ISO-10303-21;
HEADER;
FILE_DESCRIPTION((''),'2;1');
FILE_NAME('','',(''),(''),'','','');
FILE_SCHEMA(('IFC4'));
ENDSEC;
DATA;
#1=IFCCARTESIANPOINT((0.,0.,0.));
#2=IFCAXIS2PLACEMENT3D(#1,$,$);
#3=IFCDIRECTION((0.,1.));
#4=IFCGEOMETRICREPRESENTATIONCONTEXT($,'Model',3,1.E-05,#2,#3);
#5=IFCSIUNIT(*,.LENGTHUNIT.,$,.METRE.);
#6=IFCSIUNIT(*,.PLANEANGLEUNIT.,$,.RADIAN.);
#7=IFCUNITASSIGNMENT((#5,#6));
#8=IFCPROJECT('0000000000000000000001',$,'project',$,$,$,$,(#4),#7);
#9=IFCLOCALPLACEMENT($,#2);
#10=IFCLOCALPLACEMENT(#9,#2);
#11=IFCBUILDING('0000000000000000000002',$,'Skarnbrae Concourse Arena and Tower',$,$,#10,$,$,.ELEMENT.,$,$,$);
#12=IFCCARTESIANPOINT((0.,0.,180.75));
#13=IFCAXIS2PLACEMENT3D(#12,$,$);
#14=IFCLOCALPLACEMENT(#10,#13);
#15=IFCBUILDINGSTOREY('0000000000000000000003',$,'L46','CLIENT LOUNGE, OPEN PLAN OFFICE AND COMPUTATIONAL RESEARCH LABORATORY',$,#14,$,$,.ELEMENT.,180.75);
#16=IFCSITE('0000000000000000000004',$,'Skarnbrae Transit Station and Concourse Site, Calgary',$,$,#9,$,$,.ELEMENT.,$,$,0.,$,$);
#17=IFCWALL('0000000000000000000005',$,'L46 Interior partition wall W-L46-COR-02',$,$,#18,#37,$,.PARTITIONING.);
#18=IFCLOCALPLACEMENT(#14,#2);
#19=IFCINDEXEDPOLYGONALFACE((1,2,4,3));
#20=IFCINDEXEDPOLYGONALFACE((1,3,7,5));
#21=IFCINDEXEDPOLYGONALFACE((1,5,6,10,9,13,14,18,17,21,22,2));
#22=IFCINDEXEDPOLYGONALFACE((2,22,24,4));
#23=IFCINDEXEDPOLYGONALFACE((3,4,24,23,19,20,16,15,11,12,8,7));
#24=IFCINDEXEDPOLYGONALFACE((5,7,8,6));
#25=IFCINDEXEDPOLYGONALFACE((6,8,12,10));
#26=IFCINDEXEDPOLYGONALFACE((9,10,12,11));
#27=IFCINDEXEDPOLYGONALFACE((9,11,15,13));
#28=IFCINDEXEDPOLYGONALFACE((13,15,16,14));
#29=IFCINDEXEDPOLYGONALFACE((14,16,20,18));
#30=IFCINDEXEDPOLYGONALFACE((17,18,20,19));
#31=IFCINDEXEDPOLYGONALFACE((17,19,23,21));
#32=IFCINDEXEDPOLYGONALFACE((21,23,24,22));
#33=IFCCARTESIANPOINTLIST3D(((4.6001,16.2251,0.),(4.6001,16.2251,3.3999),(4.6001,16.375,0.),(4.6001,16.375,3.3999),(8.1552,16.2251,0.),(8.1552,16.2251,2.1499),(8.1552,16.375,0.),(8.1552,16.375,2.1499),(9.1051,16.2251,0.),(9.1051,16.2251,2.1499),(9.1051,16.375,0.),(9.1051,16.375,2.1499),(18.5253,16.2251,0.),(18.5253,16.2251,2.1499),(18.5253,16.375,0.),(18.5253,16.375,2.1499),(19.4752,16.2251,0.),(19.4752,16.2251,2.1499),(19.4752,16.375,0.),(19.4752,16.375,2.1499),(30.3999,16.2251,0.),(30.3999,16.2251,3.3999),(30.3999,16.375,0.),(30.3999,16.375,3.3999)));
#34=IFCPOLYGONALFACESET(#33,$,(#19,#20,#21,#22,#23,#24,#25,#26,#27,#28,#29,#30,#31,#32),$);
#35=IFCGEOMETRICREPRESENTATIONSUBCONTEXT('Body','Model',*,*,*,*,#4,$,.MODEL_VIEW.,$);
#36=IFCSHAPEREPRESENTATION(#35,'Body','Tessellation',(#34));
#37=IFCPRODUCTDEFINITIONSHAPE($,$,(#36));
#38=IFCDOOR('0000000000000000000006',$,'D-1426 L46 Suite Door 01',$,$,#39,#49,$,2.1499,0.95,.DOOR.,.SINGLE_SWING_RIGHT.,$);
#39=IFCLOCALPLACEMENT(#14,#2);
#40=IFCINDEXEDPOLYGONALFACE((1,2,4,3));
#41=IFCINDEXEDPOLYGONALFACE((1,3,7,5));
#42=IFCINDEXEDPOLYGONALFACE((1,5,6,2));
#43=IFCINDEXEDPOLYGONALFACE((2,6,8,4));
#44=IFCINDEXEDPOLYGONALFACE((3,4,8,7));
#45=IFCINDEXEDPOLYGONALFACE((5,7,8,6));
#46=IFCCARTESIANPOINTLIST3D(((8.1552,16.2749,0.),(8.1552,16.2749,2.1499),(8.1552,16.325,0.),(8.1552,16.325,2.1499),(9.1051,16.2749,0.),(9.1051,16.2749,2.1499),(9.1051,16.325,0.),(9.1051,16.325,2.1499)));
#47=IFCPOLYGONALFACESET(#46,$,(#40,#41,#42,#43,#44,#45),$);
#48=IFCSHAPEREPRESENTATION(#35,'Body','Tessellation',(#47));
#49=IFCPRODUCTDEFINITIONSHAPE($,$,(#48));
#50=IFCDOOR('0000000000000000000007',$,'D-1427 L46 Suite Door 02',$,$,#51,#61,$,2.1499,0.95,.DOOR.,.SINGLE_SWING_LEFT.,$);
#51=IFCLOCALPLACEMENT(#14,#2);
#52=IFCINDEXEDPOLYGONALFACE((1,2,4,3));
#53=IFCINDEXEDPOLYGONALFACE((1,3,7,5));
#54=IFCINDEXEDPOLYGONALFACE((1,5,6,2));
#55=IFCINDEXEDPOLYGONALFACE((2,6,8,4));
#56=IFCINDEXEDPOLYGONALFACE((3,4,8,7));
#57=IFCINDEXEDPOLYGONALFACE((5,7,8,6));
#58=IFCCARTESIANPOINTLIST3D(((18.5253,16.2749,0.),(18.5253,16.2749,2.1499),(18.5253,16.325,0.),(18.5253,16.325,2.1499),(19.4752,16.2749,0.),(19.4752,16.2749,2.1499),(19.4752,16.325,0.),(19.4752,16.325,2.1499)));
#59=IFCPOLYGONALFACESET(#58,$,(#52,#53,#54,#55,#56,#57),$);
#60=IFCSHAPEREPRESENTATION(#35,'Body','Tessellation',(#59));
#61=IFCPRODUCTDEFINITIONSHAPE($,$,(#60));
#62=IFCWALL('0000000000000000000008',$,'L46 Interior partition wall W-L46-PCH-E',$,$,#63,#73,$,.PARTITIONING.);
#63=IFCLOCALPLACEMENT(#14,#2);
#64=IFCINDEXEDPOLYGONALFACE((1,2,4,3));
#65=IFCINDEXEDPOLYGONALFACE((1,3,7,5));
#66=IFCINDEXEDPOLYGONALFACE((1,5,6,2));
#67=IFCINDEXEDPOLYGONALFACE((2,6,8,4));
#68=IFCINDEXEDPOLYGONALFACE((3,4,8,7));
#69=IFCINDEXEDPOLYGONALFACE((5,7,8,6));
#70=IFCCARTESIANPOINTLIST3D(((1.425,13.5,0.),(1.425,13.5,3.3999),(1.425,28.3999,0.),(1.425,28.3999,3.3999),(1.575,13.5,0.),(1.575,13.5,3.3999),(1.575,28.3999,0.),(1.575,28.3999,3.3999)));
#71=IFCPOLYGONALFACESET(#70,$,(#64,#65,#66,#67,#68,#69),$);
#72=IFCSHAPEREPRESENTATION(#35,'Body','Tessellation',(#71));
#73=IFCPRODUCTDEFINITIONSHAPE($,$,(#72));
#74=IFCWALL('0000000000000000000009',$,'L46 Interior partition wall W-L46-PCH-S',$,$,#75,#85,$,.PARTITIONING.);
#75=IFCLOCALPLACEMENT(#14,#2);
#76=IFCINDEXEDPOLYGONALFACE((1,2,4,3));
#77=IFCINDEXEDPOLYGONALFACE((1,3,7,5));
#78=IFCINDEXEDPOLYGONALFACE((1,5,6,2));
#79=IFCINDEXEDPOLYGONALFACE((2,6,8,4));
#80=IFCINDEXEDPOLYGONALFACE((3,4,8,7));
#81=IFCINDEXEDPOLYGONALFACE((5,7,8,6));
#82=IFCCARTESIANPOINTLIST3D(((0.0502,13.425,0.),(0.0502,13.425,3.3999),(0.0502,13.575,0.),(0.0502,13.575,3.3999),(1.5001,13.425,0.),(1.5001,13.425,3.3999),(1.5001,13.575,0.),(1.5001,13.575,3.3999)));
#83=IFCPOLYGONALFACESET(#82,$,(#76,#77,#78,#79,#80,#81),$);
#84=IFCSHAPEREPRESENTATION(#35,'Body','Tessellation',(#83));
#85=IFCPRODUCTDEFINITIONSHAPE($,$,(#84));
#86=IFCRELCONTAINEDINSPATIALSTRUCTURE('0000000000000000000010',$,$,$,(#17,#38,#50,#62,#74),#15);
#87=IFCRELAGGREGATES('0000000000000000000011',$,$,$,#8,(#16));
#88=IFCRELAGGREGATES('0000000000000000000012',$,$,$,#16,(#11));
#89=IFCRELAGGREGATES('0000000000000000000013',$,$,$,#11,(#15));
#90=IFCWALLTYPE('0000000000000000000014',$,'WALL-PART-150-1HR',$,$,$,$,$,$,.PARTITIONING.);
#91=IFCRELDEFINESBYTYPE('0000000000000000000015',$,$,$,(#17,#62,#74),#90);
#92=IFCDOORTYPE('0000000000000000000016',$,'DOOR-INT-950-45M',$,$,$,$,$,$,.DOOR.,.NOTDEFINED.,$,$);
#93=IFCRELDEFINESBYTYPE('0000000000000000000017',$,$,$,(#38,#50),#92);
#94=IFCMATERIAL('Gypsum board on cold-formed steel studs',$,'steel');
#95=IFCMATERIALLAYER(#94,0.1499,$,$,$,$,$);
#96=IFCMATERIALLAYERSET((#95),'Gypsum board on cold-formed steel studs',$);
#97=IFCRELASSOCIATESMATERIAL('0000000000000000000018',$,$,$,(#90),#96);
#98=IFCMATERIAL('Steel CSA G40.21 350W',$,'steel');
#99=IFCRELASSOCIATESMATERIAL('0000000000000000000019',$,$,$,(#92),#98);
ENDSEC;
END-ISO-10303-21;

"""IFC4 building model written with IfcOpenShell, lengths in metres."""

from ifc_helpers import new_model, si_unit, direction, frame, frame_2d, origin, place, context, subcontext, project, spatial, rectangle, extrude, source, transform, mapped, material, layer, layer_set, type_object, element, fill, save


model = new_model("IFC4")

# Units and contexts
model_context = context("Model", 3, precision=1e-05, world=origin(), true_north=direction((0.0, 1.0)))
body_context = subcontext(model_context, "Body", "Model", "MODEL_VIEW")
ifc_project = project(units=[si_unit("LENGTHUNIT", "METRE"), si_unit("PLANEANGLEUNIT", "RADIAN")], contexts=[model_context])

# Site, building, storey
site_placement = place(None, origin())
site = spatial("IfcSite", under=ifc_project, at=site_placement, Name="Skarnbrae Transit Station and Concourse Site, Calgary", CompositionType="ELEMENT", RefElevation=0.0)
building_placement = place(site_placement, origin())
building = spatial("IfcBuilding", under=site, at=building_placement, Name="Skarnbrae Concourse Arena and Tower", CompositionType="ELEMENT")
storey_placement = place(building_placement, frame((0.0, 0.0, 180.75)))
storey = spatial("IfcBuildingStorey", under=building, at=storey_placement, Name="L46", Description="CLIENT LOUNGE, OPEN PLAN OFFICE AND COMPUTATIONAL RESEARCH LABORATORY", CompositionType="ELEMENT", Elevation=180.75)

# Shared definitions
ifc_material_1 = material(Name="Steel CSA G40.21 350W", Category="steel")

# Shared definitions
ifc_material_2 = material(Name="Gypsum board on cold-formed steel studs", Category="steel")
ifc_layer_1 = layer(ifc_material_2, 0.1499)
ifc_layer_set_1 = layer_set([ifc_layer_1], Name="Gypsum board on cold-formed steel studs")
wall_type_1 = type_object("IfcWallType", Name="WALL-PART-150-1HR", PredefinedType="PARTITIONING", material=ifc_layer_set_1)

# Wall, openings, doors
shared_shape_1 = source(origin(), body_context, "Body", "SweptSolid", [
    extrude(rectangle(XDim=25.7998, YDim=0.1499, at=frame_2d((12.8999, 0.0))), origin(), (0.0, 0.0, 1.0), 3.3999),
])
wall_1_placement = place(storey_placement, frame((4.6001, 16.3, 0.0), z_axis=(0.0, 0.0, 1.0), x_axis=(1.0, 0.0, 0.0)))
wall_1 = element("IfcWall", 1, at=wall_1_placement, inside=storey, type_object=wall_type_1, Name="L46 Interior partition wall W-L46-COR-02", PredefinedType="PARTITIONING", context=body_context, shape_type="MappedRepresentation", body=[
    mapped(shared_shape_1, transform((0.0, 0.0, 0.0))),
])
opening_1_placement = place(wall_1_placement, frame((3.5549, 0.0, 0.0)))
opening_1 = element("IfcOpeningElement", 2, at=opening_1_placement, cuts=wall_1, PredefinedType="OPENING", context=body_context, shape_type="SweptSolid", body=[
    extrude(rectangle(XDim=0.95, YDim=2.1499, at=frame_2d((0.4751, 1.075))), frame((0.0, 0.085, 0.0), z_axis=(0.0, -1.0, 0.0), x_axis=(1.0, 0.0, 0.0)), (0.0, 0.0, 1.0), 0.1699),
])
opening_2_placement = place(wall_1_placement, frame((13.925, 0.0, 0.0)))
opening_2 = element("IfcOpeningElement", 3, at=opening_2_placement, cuts=wall_1, PredefinedType="OPENING", context=body_context, shape_type="SweptSolid", body=[
    extrude(rectangle(XDim=0.95, YDim=2.1499, at=frame_2d((0.4751, 1.075))), frame((0.0, 0.085, 0.0), z_axis=(0.0, -1.0, 0.0), x_axis=(1.0, 0.0, 0.0)), (0.0, 0.0, 1.0), 0.1699),
])
door_type_1 = type_object("IfcDoorType", Name="DOOR-INT-950-45M", OperationType="NOTDEFINED", PredefinedType="DOOR", material=ifc_material_1)
shared_shape_2 = source(origin(), body_context, "Body", "SweptSolid", [
    extrude(rectangle(XDim=0.95, YDim=2.1499, at=frame_2d((0.4751, 1.075))), frame((0.0, 0.0249, 0.0), z_axis=(0.0, -1.0, 0.0), x_axis=(1.0, 0.0, 0.0)), (0.0, 0.0, 1.0), 0.05),
])
door_1_placement = place(opening_1_placement, origin())
door_1 = element("IfcDoor", 4, at=door_1_placement, inside=storey, type_object=door_type_1, Name="D-1426 L46 Suite Door 01", OperationType="SINGLE_SWING_RIGHT", OverallHeight=2.1499, OverallWidth=0.95, PredefinedType="DOOR", context=body_context, shape_type="MappedRepresentation", body=[
    mapped(shared_shape_2, transform((0.0, 0.0, 0.0))),
])
fill(opening_1, door_1)
door_2_placement = place(opening_2_placement, origin())
door_2 = element("IfcDoor", 5, at=door_2_placement, inside=storey, type_object=door_type_1, Name="D-1427 L46 Suite Door 02", OperationType="SINGLE_SWING_LEFT", OverallHeight=2.1499, OverallWidth=0.95, PredefinedType="DOOR", context=body_context, shape_type="MappedRepresentation", body=[
    mapped(shared_shape_2, transform((0.0, 0.0, 0.0))),
])
fill(opening_2, door_2)

# Walls
shared_shape_3 = source(origin(), body_context, "Body", "SweptSolid", [
    extrude(rectangle(XDim=14.8999, YDim=0.1499, at=frame_2d((7.45, 0.0))), origin(), (0.0, 0.0, 1.0), 3.3999),
])
wall_2_placement = place(storey_placement, frame((1.5, 13.5, 0.0), z_axis=(0.0, 0.0, 1.0), x_axis=(0.0, 1.0, 0.0)))
element("IfcWall", 6, at=wall_2_placement, inside=storey, type_object=wall_type_1, Name="L46 Interior partition wall W-L46-PCH-E", PredefinedType="PARTITIONING", context=body_context, shape_type="MappedRepresentation", body=[
    mapped(shared_shape_3, transform((0.0, 0.0, 0.0))),
])
shared_shape_4 = source(origin(), body_context, "Body", "SweptSolid", [
    extrude(rectangle(XDim=1.45, YDim=0.1499, at=frame_2d((0.7251, 0.0))), origin(), (0.0, 0.0, 1.0), 3.3999),
])
wall_3_placement = place(storey_placement, frame((0.05, 13.5, 0.0), z_axis=(0.0, 0.0, 1.0), x_axis=(1.0, 0.0, 0.0)))
element("IfcWall", 7, at=wall_3_placement, inside=storey, type_object=wall_type_1, Name="L46 Interior partition wall W-L46-PCH-S", PredefinedType="PARTITIONING", context=body_context, shape_type="MappedRepresentation", body=[
    mapped(shared_shape_4, transform((0.0, 0.0, 0.0))),
])

save(model, "model.ifc")
